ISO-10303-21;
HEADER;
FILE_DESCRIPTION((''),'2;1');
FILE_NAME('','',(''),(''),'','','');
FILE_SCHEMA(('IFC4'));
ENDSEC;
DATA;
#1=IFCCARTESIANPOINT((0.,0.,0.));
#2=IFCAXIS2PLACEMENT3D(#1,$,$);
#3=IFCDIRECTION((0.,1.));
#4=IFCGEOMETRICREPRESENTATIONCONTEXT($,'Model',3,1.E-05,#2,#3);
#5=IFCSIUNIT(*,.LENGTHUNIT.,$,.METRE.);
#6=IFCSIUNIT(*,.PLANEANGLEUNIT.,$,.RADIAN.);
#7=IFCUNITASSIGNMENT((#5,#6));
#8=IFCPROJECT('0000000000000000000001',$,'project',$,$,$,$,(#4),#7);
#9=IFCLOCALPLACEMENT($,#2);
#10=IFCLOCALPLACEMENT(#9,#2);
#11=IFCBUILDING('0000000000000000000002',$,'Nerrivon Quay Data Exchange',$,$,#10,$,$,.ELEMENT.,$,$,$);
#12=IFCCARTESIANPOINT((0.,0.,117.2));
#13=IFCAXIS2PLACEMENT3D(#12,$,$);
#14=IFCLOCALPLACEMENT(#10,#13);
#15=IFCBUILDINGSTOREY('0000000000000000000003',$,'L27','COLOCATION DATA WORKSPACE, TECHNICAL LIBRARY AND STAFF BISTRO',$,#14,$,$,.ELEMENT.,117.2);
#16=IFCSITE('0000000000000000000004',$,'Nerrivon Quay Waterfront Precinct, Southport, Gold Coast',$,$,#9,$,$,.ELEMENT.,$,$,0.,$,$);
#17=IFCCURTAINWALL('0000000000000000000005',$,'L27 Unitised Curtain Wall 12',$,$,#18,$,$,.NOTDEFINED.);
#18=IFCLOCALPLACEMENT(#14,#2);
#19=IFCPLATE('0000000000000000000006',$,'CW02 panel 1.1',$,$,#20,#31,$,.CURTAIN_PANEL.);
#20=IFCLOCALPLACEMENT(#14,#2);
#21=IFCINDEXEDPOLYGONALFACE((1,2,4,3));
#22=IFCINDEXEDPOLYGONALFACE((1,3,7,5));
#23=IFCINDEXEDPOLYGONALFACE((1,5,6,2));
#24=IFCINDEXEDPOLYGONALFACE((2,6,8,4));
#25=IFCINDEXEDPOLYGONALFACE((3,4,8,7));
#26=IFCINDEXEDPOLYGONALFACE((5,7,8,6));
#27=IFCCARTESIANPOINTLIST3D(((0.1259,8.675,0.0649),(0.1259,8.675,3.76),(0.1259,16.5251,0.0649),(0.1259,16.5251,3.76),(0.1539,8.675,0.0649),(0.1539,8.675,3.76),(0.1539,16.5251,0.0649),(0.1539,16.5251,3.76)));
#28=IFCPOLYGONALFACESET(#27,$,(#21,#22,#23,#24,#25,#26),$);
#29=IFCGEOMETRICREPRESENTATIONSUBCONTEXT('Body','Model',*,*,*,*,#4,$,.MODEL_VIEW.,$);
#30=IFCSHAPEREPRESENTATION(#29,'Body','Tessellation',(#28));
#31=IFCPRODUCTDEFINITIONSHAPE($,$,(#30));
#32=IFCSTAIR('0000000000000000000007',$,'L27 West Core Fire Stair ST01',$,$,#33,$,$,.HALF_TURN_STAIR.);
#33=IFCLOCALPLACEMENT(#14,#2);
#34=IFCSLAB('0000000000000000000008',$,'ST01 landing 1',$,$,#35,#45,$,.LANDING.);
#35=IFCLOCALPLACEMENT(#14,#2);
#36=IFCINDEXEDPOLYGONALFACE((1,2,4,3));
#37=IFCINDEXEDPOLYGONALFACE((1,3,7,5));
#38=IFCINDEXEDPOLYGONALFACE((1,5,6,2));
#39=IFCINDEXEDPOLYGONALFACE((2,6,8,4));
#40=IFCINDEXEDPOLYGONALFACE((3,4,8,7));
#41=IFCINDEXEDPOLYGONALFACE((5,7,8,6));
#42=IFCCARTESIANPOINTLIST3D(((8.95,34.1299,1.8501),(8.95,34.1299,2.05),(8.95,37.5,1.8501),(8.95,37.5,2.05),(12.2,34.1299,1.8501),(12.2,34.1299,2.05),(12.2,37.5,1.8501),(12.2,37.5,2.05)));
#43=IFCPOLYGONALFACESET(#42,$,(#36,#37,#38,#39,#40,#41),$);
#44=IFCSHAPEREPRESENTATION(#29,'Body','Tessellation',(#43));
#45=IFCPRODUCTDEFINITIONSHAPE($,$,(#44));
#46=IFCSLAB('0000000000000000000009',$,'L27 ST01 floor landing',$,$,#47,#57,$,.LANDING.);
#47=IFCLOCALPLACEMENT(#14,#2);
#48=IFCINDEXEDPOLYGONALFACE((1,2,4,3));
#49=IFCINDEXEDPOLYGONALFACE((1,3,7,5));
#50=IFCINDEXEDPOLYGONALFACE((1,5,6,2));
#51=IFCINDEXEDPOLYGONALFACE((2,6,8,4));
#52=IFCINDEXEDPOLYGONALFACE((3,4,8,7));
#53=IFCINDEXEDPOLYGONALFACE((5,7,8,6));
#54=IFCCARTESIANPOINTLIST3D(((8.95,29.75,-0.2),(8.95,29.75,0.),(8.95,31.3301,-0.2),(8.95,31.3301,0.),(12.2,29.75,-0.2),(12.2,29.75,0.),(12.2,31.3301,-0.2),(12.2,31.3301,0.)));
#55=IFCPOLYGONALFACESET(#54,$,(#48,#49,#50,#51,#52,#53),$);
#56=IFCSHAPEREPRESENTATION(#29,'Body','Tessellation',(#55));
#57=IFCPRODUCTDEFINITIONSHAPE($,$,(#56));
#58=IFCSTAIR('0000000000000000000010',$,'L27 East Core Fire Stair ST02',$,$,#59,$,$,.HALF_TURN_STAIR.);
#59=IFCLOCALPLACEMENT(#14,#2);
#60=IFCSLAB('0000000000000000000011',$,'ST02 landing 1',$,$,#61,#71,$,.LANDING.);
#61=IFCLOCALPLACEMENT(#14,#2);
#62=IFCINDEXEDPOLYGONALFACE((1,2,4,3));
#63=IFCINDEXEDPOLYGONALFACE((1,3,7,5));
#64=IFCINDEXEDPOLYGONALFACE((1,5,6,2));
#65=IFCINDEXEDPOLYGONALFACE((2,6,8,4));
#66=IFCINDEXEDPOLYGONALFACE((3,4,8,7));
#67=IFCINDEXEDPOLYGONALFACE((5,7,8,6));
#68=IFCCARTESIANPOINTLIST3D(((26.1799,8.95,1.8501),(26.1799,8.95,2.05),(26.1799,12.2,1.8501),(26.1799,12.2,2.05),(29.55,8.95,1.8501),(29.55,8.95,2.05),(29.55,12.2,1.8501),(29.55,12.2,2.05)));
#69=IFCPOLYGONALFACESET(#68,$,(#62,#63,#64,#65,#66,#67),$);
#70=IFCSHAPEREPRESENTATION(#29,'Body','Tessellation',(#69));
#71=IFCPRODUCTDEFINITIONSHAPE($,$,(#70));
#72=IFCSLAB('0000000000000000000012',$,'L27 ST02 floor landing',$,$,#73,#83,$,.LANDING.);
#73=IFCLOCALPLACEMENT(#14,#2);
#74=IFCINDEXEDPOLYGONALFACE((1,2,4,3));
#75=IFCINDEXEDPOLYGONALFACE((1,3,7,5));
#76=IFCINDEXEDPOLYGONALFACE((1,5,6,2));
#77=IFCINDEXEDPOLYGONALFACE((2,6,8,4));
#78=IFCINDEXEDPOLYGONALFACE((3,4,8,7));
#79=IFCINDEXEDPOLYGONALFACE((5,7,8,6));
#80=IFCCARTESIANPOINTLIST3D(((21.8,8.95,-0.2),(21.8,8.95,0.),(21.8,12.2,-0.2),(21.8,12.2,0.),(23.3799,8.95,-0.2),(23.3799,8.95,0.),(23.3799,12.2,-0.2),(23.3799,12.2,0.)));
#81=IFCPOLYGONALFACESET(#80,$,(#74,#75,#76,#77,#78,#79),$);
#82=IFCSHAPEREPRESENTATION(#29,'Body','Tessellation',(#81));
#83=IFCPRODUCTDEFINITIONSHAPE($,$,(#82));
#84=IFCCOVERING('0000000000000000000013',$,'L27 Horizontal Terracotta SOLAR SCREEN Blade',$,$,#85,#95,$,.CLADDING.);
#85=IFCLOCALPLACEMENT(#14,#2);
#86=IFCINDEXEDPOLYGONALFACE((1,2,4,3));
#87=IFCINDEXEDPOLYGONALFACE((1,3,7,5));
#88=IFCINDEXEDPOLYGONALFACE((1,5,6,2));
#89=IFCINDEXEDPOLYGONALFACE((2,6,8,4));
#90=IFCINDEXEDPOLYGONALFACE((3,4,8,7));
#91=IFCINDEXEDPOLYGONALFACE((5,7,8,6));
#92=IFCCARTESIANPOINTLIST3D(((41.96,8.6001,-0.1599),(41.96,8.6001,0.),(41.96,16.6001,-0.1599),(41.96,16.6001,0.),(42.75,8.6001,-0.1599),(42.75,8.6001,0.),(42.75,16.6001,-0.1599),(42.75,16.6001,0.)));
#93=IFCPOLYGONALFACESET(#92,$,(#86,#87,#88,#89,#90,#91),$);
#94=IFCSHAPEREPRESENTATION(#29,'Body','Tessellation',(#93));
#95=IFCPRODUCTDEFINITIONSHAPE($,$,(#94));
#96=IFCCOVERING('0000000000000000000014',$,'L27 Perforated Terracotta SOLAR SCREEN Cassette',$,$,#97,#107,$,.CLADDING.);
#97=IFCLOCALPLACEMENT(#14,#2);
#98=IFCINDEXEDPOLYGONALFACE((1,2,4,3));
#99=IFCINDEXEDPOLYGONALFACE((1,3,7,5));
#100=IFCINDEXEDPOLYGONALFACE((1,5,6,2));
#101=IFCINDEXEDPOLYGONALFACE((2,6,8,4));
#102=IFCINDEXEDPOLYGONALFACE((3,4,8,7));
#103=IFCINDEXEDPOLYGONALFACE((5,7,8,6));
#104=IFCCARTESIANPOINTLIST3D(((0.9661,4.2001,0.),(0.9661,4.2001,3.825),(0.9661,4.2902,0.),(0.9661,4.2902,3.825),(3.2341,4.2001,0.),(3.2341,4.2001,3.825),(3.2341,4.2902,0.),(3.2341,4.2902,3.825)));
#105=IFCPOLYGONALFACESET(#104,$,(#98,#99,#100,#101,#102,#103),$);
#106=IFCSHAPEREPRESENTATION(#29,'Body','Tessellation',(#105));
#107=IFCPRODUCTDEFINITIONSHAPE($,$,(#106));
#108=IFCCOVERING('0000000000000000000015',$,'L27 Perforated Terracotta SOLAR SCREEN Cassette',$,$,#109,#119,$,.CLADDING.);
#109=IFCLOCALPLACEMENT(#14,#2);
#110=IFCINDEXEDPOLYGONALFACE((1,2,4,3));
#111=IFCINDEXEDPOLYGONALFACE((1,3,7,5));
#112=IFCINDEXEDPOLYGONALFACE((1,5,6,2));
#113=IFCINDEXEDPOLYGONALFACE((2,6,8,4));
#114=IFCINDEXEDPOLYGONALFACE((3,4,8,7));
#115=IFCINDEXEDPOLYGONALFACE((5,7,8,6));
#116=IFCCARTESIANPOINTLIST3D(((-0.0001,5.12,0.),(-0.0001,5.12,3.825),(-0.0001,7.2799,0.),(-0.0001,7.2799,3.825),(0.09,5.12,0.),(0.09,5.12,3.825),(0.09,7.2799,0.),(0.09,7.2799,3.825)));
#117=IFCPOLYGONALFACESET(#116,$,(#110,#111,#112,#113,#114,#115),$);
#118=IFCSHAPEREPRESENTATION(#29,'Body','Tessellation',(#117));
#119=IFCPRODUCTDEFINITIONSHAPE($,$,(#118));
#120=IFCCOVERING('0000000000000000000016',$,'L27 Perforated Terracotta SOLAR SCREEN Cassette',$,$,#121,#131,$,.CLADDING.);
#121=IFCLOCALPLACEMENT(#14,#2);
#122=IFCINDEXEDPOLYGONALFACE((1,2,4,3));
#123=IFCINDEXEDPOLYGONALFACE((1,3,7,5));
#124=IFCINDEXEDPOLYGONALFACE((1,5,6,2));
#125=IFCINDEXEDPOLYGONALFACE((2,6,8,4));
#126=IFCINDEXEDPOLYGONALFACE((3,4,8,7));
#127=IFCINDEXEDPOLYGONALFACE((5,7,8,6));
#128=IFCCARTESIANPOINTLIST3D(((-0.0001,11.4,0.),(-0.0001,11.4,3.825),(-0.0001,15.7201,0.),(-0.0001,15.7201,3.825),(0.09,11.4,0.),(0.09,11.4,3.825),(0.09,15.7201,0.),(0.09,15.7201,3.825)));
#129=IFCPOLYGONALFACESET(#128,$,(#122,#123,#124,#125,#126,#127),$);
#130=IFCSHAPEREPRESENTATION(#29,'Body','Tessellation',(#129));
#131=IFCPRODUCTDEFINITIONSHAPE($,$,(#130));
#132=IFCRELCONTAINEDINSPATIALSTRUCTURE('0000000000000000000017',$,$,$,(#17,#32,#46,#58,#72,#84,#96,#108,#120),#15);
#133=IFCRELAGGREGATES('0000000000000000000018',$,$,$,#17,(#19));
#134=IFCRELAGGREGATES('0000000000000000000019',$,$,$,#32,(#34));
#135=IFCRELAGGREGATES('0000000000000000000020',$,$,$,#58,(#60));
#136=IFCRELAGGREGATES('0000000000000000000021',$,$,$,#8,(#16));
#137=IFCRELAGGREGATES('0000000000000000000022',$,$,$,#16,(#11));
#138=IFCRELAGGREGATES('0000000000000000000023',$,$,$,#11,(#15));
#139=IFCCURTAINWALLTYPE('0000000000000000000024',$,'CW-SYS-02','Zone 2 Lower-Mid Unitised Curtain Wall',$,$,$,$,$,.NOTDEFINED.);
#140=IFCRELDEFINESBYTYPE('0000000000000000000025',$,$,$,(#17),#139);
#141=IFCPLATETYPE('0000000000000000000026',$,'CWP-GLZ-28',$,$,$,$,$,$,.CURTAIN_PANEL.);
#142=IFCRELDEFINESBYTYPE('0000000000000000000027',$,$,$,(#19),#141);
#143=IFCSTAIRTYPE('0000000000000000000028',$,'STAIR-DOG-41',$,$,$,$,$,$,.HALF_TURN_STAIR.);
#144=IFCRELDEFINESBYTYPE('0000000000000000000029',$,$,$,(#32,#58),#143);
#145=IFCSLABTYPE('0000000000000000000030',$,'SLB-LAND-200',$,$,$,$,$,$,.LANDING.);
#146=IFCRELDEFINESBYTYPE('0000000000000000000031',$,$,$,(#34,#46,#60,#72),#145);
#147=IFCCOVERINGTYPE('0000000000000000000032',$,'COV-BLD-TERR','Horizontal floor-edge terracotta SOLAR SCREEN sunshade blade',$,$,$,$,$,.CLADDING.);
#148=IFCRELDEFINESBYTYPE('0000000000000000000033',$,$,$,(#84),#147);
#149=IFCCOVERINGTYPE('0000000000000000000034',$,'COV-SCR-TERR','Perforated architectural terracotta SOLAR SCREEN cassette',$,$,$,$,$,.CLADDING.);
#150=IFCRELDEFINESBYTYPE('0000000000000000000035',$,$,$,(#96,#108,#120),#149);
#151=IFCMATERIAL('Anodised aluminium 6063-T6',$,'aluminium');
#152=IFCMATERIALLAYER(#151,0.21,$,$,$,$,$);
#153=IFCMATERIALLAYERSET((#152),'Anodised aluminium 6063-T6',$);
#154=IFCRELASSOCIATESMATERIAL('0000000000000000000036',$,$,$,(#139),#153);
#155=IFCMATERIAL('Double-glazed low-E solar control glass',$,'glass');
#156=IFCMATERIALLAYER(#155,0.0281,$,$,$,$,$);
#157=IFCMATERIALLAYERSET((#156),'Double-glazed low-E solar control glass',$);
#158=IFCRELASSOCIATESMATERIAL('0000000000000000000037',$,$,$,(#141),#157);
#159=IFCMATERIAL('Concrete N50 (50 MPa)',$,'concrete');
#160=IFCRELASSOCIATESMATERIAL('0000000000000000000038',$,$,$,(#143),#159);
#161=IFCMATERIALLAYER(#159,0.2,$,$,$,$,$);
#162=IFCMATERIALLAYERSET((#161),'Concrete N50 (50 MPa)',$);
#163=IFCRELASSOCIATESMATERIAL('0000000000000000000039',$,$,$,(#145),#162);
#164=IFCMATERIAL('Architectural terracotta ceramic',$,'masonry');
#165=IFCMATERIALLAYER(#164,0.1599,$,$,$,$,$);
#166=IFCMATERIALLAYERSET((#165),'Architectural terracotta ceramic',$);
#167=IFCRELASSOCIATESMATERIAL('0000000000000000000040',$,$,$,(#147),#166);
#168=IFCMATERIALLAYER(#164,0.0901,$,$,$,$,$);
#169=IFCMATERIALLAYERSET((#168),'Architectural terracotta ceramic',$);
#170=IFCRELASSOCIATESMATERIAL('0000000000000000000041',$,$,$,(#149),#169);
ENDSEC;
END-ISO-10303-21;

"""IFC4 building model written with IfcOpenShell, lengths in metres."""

from ifc_helpers import new_model, si_unit, direction, frame, origin, origin_2d, place, context, subcontext, project, spatial, polyline, rectangle, outline, extrude, material, layer, layer_set, type_object, element, aggregate, save


model = new_model("IFC4")

# Units and contexts
model_context = context("Model", 3, precision=1e-05, world=origin(), true_north=direction((0.0, 1.0)))
body_context = subcontext(model_context, "Body", "Model", "MODEL_VIEW")
ifc_project = project(units=[si_unit("LENGTHUNIT", "METRE"), si_unit("PLANEANGLEUNIT", "RADIAN")], contexts=[model_context])

# Site, building, storey
site_placement = place(None, origin())
site = spatial("IfcSite", under=ifc_project, at=site_placement, Name="Nerrivon Quay Waterfront Precinct, Southport, Gold Coast", CompositionType="ELEMENT", RefElevation=0.0)
building_placement = place(site_placement, origin())
building = spatial("IfcBuilding", under=site, at=building_placement, Name="Nerrivon Quay Data Exchange", CompositionType="ELEMENT")
storey_placement = place(building_placement, frame((0.0, 0.0, 117.2)))
storey = spatial("IfcBuildingStorey", under=building, at=storey_placement, Name="L27", Description="COLOCATION DATA WORKSPACE, TECHNICAL LIBRARY AND STAFF BISTRO", CompositionType="ELEMENT", Elevation=117.2)

# Shared definitions
ifc_material_1 = material(Name="Anodised aluminium 6063-T6", Category="aluminium")
ifc_layer_1 = layer(ifc_material_1, 0.21)
ifc_layer_set_1 = layer_set([ifc_layer_1], Name="Anodised aluminium 6063-T6")
curtain_wall_type = type_object("IfcCurtainWallType", Name="CW-SYS-02", Description="Zone 2 Lower-Mid Unitised Curtain Wall", PredefinedType="NOTDEFINED", material=ifc_layer_set_1)

# Curtain wall
curtain_wall_1_placement = place(storey_placement, origin())
curtain_wall_1 = element("IfcCurtainWall", 1, at=curtain_wall_1_placement, inside=storey, type_object=curtain_wall_type, Name="L27 Unitised Curtain Wall 12", PredefinedType="NOTDEFINED")

# Plate
ifc_material_2 = material(Name="Double-glazed low-E solar control glass", Category="glass")
ifc_layer_2 = layer(ifc_material_2, 0.0281)
ifc_layer_set_2 = layer_set([ifc_layer_2], Name="Double-glazed low-E solar control glass")
plate_type = type_object("IfcPlateType", Name="CWP-GLZ-28", PredefinedType="CURTAIN_PANEL", material=ifc_layer_set_2)
plate_1_placement = place(storey_placement, frame((0.1399, 12.6001, 0.0649), z_axis=(0.0, 0.0, 1.0), x_axis=(0.0, 1.0, 0.0)))
plate_1 = element("IfcPlate", 2, at=plate_1_placement, type_object=plate_type, Name="CW02 panel 1.1", PredefinedType="CURTAIN_PANEL", context=body_context, shape_type="SweptSolid", body=[
    extrude(rectangle(XDim=7.8501, YDim=0.0281, at=origin_2d()), origin(), (0.0, 0.0, 1.0), 3.6951),
])
aggregate(curtain_wall_1, [plate_1])

# Stair, slab
ifc_material_3 = material(Name="Concrete N50 (50 MPa)", Category="concrete")
stair_type = type_object("IfcStairType", Name="STAIR-DOG-41", PredefinedType="HALF_TURN_STAIR", material=ifc_material_3)
stair_1_placement = place(storey_placement, origin())
stair_1 = element("IfcStair", 3, at=stair_1_placement, inside=storey, type_object=stair_type, Name="L27 West Core Fire Stair ST01", PredefinedType="HALF_TURN_STAIR")
ifc_layer_3 = layer(ifc_material_3, 0.2)
ifc_layer_set_3 = layer_set([ifc_layer_3], Name="Concrete N50 (50 MPa)")
slab_type = type_object("IfcSlabType", Name="SLB-LAND-200", PredefinedType="LANDING", material=ifc_layer_set_3)
slab_1_placement = place(storey_placement, frame((0.0, 0.0, 1.8501)))
slab_1 = element("IfcSlab", 4, at=slab_1_placement, type_object=slab_type, Name="ST01 landing 1", PredefinedType="LANDING", context=body_context, shape_type="SweptSolid", body=[
    extrude(outline(polyline([(12.2, 34.1299), (12.2, 37.5), (8.95, 37.5), (8.95, 34.1299), (12.2, 34.1299)])), origin(), (0.0, 0.0, 1.0), 0.2),
])
aggregate(stair_1, [slab_1])

# Slab
slab_2_placement = place(storey_placement, frame((0.0, 0.0, -0.2)))
element("IfcSlab", 5, at=slab_2_placement, inside=storey, type_object=slab_type, Name="L27 ST01 floor landing", PredefinedType="LANDING", context=body_context, shape_type="SweptSolid", body=[
    extrude(outline(polyline([(12.2, 29.75), (12.2, 31.3301), (8.95, 31.3301), (8.95, 29.75), (12.2, 29.75)])), origin(), (0.0, 0.0, 1.0), 0.2),
])

# Stair, slab
stair_2_placement = place(storey_placement, origin())
stair_2 = element("IfcStair", 6, at=stair_2_placement, inside=storey, type_object=stair_type, Name="L27 East Core Fire Stair ST02", PredefinedType="HALF_TURN_STAIR")
slab_3_placement = place(storey_placement, frame((0.0, 0.0, 1.8501)))
slab_3 = element("IfcSlab", 7, at=slab_3_placement, type_object=slab_type, Name="ST02 landing 1", PredefinedType="LANDING", context=body_context, shape_type="SweptSolid", body=[
    extrude(outline(polyline([(26.1799, 8.95), (29.55, 8.95), (29.55, 12.2), (26.1799, 12.2), (26.1799, 8.95)])), origin(), (0.0, 0.0, 1.0), 0.2),
])
aggregate(stair_2, [slab_3])

# Slab
slab_4_placement = place(storey_placement, frame((0.0, 0.0, -0.2)))
element("IfcSlab", 8, at=slab_4_placement, inside=storey, type_object=slab_type, Name="L27 ST02 floor landing", PredefinedType="LANDING", context=body_context, shape_type="SweptSolid", body=[
    extrude(outline(polyline([(21.8, 8.95), (23.3799, 8.95), (23.3799, 12.2), (21.8, 12.2), (21.8, 8.95)])), origin(), (0.0, 0.0, 1.0), 0.2),
])

# Coverings
ifc_material_4 = material(Name="Architectural terracotta ceramic", Category="masonry")
ifc_layer_4 = layer(ifc_material_4, 0.1599)
ifc_layer_set_4 = layer_set([ifc_layer_4], Name="Architectural terracotta ceramic")
covering_type_1 = type_object("IfcCoveringType", Name="COV-BLD-TERR", Description="Horizontal floor-edge terracotta SOLAR SCREEN sunshade blade", PredefinedType="CLADDING", material=ifc_layer_set_4)
covering_1_placement = place(storey_placement, frame((0.0, 0.0, -0.1599)))
element("IfcCovering", 9, at=covering_1_placement, inside=storey, type_object=covering_type_1, Name="L27 Horizontal Terracotta SOLAR SCREEN Blade", PredefinedType="CLADDING", context=body_context, shape_type="SweptSolid", body=[
    extrude(outline(polyline([(41.96, 16.6001), (41.96, 8.6001), (42.75, 8.6001), (42.75, 16.6001), (41.96, 16.6001)])), origin(), (0.0, 0.0, 1.0), 0.1599),
])
ifc_layer_5 = layer(ifc_material_4, 0.0901)
ifc_layer_set_5 = layer_set([ifc_layer_5], Name="Architectural terracotta ceramic")
covering_type_2 = type_object("IfcCoveringType", Name="COV-SCR-TERR", Description="Perforated architectural terracotta SOLAR SCREEN cassette", PredefinedType="CLADDING", material=ifc_layer_set_5)
covering_2_placement = place(storey_placement, frame((2.1001, 4.2451, 0.0), z_axis=(0.0, 0.0, 1.0), x_axis=(-1.0, 0.0, 0.0)))
element("IfcCovering", 10, at=covering_2_placement, inside=storey, type_object=covering_type_2, Name="L27 Perforated Terracotta SOLAR SCREEN Cassette", PredefinedType="CLADDING", context=body_context, shape_type="SweptSolid", body=[
    extrude(rectangle(XDim=2.2681, YDim=0.0901, at=origin_2d()), origin(), (0.0, 0.0, 1.0), 3.825),
])
covering_3_placement = place(storey_placement, frame((0.0449, 6.2, 0.0), z_axis=(0.0, 0.0, 1.0), x_axis=(0.0, 1.0, 0.0)))
element("IfcCovering", 11, at=covering_3_placement, inside=storey, type_object=covering_type_2, Name="L27 Perforated Terracotta SOLAR SCREEN Cassette", PredefinedType="CLADDING", context=body_context, shape_type="SweptSolid", body=[
    extrude(rectangle(XDim=2.1599, YDim=0.0901, at=origin_2d()), origin(), (0.0, 0.0, 1.0), 3.825),
])
covering_4_placement = place(storey_placement, frame((0.0449, 13.5601, 0.0), z_axis=(0.0, 0.0, 1.0), x_axis=(0.0, 1.0, 0.0)))
element("IfcCovering", 12, at=covering_4_placement, inside=storey, type_object=covering_type_2, Name="L27 Perforated Terracotta SOLAR SCREEN Cassette", PredefinedType="CLADDING", context=body_context, shape_type="SweptSolid", body=[
    extrude(rectangle(XDim=4.3201, YDim=0.0901, at=origin_2d()), origin(), (0.0, 0.0, 1.0), 3.825),
])

save(model, "model.ifc")
